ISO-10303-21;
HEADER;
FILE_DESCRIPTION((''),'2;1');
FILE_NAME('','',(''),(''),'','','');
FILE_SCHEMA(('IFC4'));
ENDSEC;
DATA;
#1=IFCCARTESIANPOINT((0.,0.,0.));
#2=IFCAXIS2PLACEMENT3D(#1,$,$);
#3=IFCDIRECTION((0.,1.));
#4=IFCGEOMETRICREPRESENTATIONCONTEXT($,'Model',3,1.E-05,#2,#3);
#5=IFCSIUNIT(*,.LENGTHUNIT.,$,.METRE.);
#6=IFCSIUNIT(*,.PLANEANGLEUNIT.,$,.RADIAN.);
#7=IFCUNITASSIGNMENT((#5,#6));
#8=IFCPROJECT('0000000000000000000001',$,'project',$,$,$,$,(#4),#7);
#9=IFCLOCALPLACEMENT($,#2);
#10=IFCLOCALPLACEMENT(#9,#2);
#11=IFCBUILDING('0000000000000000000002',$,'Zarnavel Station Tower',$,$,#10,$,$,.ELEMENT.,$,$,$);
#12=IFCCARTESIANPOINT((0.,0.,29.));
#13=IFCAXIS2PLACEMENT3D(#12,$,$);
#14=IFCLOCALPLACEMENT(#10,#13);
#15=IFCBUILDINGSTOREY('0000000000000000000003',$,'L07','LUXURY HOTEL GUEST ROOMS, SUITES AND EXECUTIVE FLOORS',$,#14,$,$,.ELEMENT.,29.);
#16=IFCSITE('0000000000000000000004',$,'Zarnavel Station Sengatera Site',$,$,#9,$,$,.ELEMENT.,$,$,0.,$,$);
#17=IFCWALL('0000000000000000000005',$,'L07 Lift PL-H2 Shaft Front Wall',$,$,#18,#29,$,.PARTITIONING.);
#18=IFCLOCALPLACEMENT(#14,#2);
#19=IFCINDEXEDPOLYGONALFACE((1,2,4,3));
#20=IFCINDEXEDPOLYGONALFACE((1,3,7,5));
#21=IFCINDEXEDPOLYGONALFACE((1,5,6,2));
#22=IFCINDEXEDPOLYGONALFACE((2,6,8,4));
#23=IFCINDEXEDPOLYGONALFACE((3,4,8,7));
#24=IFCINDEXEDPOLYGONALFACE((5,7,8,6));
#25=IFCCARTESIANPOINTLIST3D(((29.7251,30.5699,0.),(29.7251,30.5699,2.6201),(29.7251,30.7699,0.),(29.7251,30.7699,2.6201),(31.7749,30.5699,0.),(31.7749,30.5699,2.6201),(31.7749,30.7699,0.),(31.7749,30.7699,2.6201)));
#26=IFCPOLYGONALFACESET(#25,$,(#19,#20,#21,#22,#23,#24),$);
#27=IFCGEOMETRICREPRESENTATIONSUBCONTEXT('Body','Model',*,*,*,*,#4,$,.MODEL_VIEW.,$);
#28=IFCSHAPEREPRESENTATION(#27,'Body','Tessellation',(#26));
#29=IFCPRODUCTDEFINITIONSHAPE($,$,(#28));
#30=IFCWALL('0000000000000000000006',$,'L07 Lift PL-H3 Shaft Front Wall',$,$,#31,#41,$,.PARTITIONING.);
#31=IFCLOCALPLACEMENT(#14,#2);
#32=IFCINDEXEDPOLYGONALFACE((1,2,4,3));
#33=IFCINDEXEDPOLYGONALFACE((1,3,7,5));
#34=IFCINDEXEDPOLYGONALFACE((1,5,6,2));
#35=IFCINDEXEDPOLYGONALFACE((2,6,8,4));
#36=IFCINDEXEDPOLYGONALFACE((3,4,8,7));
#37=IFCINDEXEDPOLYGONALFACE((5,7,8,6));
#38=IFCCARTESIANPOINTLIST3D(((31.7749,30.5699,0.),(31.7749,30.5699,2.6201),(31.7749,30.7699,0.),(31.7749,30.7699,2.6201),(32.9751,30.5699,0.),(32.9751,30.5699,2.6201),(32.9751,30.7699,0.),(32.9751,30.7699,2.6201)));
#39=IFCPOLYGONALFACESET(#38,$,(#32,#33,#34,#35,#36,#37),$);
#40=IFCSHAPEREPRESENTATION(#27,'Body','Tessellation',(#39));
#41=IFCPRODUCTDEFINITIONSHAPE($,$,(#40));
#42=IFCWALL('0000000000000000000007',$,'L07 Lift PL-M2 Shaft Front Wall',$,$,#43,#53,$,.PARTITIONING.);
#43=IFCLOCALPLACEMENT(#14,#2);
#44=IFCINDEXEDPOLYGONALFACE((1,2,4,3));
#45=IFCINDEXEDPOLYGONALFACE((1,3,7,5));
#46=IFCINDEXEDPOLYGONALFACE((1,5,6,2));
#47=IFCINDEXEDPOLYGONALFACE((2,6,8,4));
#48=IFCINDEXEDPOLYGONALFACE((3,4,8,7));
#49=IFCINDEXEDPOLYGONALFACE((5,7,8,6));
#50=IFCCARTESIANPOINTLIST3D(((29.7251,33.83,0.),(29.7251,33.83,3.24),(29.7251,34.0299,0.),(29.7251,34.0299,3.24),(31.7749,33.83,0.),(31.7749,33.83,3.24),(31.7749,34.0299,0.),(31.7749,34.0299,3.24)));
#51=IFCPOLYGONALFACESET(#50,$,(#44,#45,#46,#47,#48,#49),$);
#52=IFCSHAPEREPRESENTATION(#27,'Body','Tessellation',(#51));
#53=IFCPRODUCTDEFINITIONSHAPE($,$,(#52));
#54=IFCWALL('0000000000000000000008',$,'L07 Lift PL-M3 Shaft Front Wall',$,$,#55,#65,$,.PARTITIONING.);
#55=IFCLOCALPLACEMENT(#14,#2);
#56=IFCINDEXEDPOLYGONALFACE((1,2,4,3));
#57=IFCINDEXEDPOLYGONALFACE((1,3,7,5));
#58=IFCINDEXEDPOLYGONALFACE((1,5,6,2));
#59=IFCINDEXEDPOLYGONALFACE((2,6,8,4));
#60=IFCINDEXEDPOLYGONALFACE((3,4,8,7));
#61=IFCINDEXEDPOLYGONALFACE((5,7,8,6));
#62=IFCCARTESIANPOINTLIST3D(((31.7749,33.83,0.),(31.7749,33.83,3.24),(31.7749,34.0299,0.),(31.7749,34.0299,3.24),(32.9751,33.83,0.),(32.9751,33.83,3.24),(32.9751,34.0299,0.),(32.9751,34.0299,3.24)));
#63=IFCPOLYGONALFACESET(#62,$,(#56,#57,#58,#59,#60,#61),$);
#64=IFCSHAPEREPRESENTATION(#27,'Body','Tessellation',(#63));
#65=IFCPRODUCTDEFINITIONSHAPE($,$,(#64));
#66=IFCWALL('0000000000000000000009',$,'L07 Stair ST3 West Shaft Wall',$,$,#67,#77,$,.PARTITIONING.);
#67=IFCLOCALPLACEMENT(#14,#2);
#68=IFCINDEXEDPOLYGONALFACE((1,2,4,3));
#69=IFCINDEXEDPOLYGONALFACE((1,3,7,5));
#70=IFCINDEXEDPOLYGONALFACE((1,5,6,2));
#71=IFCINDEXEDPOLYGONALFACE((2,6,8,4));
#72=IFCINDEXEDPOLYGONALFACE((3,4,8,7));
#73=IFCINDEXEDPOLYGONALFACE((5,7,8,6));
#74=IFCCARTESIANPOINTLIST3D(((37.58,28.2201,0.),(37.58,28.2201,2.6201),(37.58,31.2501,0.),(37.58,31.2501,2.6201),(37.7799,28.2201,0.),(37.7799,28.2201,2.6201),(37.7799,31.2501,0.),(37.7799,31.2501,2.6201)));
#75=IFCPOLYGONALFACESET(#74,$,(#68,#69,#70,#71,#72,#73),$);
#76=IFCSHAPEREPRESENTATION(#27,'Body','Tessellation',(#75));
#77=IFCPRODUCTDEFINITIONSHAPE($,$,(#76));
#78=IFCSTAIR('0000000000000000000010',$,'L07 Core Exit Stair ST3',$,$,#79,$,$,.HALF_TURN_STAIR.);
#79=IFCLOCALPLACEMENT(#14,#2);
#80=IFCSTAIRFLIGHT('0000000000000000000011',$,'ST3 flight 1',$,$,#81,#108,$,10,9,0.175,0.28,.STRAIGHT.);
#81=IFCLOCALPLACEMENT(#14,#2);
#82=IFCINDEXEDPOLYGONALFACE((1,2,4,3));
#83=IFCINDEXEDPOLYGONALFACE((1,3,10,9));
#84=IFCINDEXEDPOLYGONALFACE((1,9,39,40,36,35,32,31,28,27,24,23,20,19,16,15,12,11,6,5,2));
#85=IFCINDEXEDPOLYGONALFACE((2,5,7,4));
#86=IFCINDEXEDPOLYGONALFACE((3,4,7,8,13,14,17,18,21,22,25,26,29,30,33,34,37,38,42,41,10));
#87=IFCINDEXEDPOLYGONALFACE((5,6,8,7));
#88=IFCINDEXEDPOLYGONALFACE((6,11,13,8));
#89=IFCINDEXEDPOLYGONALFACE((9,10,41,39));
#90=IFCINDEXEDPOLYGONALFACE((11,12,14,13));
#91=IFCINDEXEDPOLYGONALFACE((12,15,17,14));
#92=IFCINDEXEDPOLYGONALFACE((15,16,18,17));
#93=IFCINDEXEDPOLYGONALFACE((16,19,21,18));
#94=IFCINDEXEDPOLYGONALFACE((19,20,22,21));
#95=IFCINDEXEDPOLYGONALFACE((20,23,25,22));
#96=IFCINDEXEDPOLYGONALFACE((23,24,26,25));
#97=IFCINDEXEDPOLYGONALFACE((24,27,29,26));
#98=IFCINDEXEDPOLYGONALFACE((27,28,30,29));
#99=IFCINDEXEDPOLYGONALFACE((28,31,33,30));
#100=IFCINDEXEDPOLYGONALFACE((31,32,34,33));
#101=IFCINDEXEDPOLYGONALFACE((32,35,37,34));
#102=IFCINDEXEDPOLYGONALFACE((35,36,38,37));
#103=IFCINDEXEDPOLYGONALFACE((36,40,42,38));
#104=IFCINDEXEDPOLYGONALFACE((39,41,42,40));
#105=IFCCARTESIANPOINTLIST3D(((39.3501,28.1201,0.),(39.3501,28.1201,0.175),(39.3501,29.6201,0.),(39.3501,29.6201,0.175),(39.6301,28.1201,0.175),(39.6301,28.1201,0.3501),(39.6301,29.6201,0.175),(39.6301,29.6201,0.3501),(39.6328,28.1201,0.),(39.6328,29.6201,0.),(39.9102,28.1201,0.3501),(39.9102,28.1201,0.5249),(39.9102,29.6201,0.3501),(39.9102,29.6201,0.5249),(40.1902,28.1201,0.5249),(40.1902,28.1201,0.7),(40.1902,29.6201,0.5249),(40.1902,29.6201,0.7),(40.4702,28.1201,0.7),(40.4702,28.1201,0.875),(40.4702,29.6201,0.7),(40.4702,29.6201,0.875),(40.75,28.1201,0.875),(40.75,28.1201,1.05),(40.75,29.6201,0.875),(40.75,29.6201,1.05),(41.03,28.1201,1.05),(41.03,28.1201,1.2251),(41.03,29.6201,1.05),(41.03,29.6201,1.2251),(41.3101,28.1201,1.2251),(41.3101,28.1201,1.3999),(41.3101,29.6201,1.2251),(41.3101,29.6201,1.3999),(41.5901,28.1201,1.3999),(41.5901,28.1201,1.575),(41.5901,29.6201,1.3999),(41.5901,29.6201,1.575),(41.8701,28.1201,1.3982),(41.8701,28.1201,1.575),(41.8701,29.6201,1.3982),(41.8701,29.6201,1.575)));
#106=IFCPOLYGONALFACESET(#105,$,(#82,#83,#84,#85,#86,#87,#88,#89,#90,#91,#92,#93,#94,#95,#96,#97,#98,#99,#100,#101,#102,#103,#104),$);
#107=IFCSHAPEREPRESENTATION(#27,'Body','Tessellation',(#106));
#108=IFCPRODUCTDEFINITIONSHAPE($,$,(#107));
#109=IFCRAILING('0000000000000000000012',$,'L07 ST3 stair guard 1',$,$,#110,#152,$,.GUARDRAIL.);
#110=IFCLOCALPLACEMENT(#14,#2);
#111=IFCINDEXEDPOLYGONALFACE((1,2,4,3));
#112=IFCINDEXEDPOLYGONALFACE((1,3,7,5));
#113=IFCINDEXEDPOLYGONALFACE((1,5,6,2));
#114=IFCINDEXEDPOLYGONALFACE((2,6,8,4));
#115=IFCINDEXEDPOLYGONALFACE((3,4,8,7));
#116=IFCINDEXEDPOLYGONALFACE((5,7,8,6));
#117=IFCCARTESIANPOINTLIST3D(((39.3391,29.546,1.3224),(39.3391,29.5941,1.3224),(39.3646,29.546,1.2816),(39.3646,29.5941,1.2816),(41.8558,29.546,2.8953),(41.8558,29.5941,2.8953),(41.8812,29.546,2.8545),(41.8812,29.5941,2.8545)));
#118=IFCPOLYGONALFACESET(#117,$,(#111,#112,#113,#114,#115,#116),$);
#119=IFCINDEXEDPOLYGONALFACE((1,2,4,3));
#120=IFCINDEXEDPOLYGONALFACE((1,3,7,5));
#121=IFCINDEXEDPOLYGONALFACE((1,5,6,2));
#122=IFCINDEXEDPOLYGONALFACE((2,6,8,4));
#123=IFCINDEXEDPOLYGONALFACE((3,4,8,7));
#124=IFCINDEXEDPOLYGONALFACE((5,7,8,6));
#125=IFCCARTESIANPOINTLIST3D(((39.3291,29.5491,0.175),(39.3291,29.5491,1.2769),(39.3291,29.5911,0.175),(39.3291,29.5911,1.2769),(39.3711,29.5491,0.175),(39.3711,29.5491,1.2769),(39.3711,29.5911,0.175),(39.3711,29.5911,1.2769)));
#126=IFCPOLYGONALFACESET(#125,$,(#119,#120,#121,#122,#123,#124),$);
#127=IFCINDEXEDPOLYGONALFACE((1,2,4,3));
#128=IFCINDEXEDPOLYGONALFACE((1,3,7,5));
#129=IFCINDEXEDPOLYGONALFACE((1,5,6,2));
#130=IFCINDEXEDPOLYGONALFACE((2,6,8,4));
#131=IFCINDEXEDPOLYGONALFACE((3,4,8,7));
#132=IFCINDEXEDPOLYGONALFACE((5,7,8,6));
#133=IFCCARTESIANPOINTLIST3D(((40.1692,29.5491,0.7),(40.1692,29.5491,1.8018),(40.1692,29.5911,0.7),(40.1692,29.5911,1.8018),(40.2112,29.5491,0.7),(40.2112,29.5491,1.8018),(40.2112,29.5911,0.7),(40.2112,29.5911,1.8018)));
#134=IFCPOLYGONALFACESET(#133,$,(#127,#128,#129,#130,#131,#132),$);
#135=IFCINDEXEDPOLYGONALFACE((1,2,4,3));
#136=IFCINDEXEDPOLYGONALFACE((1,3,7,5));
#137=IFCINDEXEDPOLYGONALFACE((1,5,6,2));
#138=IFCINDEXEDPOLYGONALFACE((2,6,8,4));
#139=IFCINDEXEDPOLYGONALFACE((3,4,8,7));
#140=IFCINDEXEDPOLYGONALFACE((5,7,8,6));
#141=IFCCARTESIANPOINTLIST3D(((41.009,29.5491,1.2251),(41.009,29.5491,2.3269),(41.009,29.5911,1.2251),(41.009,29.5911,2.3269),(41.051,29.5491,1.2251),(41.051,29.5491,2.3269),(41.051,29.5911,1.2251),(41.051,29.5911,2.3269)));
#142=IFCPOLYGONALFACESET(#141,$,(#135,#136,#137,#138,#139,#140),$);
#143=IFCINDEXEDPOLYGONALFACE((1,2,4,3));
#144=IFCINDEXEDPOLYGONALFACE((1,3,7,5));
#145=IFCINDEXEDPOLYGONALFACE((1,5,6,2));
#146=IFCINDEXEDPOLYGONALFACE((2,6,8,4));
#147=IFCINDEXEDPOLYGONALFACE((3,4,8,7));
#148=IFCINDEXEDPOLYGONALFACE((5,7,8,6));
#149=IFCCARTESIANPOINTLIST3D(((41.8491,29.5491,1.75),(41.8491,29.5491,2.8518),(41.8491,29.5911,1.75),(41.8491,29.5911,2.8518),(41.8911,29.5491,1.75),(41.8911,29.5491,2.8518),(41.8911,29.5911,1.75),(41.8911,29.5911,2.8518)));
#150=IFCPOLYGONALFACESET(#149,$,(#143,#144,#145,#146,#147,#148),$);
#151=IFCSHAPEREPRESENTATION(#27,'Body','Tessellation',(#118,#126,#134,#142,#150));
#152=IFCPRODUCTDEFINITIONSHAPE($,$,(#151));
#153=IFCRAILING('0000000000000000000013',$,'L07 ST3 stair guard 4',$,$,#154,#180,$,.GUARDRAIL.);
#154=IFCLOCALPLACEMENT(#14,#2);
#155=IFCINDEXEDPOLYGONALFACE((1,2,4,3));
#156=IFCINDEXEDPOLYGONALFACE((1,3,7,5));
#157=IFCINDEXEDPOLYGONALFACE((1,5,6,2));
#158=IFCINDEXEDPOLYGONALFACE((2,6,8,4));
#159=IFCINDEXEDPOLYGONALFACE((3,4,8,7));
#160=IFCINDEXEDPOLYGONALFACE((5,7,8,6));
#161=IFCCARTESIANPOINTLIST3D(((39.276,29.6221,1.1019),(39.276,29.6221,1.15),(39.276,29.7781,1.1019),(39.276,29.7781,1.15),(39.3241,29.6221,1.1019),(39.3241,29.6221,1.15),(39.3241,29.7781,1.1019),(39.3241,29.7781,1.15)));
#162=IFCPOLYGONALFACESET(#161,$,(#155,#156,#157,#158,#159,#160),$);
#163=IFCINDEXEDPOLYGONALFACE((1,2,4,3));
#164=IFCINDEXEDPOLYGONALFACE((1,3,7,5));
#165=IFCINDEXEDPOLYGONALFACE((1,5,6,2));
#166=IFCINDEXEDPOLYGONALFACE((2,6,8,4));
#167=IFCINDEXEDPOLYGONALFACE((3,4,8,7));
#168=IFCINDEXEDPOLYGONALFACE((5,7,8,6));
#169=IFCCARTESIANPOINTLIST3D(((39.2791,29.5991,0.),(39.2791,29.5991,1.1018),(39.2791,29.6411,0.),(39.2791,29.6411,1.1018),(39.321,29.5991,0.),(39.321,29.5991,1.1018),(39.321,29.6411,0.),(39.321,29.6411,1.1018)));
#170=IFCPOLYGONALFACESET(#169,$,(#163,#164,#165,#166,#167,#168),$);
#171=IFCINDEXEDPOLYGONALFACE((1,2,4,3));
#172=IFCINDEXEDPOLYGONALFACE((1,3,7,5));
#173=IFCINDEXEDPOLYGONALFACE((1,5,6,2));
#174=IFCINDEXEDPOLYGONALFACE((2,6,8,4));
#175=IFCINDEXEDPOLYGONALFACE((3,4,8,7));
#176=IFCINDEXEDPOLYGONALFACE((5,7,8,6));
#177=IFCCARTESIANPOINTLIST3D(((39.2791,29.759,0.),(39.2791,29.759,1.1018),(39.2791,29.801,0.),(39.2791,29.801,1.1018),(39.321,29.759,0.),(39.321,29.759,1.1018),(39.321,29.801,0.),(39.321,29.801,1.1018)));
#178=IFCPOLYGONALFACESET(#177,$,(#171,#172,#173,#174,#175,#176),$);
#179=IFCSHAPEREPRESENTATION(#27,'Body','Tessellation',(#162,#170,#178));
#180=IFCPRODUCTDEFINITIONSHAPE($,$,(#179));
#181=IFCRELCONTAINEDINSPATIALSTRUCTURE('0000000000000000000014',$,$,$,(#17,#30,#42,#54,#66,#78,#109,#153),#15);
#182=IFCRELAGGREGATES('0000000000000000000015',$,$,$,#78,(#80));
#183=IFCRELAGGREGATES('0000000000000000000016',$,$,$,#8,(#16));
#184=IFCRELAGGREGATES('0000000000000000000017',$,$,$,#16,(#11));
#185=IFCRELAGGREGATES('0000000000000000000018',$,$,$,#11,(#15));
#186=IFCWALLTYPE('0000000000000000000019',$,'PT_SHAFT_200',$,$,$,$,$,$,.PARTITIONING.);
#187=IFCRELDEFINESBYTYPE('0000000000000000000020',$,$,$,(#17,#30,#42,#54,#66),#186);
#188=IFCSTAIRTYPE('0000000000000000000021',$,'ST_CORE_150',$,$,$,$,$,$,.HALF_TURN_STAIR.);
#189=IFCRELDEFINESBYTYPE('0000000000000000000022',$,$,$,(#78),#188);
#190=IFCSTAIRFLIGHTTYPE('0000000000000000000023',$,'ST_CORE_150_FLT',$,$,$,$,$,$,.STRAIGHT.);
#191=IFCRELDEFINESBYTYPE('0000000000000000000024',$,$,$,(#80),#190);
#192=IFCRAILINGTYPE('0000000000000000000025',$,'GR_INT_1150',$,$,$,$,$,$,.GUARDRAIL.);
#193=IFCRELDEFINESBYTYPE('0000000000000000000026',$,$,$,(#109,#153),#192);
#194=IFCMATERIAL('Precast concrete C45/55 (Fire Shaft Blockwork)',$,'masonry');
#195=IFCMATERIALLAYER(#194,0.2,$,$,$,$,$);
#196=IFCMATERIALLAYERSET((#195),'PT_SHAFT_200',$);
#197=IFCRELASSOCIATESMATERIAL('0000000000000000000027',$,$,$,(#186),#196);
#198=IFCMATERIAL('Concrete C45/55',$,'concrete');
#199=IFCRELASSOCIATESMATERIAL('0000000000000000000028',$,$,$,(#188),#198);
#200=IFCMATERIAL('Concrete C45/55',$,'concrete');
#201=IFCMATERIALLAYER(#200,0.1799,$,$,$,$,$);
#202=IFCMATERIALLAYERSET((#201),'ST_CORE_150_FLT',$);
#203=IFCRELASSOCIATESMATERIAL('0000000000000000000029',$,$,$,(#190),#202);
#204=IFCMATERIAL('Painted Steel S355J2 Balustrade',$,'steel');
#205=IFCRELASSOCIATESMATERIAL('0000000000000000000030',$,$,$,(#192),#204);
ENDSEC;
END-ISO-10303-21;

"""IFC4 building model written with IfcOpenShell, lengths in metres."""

from ifc_helpers import new_model, si_unit, direction, frame, frame_2d, origin, origin_2d, place, context, subcontext, project, spatial, polyline, rectangle, outline, extrude, material, layer, layer_set, type_object, element, aggregate, save


model = new_model("IFC4")

# Units and contexts
model_context = context("Model", 3, precision=1e-05, world=origin(), true_north=direction((0.0, 1.0)))
body_context = subcontext(model_context, "Body", "Model", "MODEL_VIEW")
ifc_project = project(units=[si_unit("LENGTHUNIT", "METRE"), si_unit("PLANEANGLEUNIT", "RADIAN")], contexts=[model_context])

# Site, building, storey
site_placement = place(None, origin())
site = spatial("IfcSite", under=ifc_project, at=site_placement, Name="Zarnavel Station Sengatera Site", CompositionType="ELEMENT", RefElevation=0.0)
building_placement = place(site_placement, origin())
building = spatial("IfcBuilding", under=site, at=building_placement, Name="Zarnavel Station Tower", CompositionType="ELEMENT")
storey_placement = place(building_placement, frame((0.0, 0.0, 29.0)))
storey = spatial("IfcBuildingStorey", under=building, at=storey_placement, Name="L07", Description="LUXURY HOTEL GUEST ROOMS, SUITES AND EXECUTIVE FLOORS", CompositionType="ELEMENT", Elevation=29.0)

# Shared definitions
ifc_material_1 = material(Name="Precast concrete C45/55 (Fire Shaft Blockwork)", Category="masonry")
ifc_layer_1 = layer(ifc_material_1, 0.2)
ifc_layer_set_1 = layer_set([ifc_layer_1], Name="PT_SHAFT_200")
wall_type_1 = type_object("IfcWallType", Name="PT_SHAFT_200", PredefinedType="PARTITIONING", material=ifc_layer_set_1)

# Walls
wall_1_placement = place(storey_placement, frame((29.7251, 30.6699, 0.0), z_axis=(0.0, 0.0, 1.0), x_axis=(1.0, 0.0, 0.0)))
element("IfcWall", 1, at=wall_1_placement, inside=storey, type_object=wall_type_1, Name="L07 Lift PL-H2 Shaft Front Wall", PredefinedType="PARTITIONING", context=body_context, shape_type="SweptSolid", body=[
    extrude(rectangle(XDim=2.0498, YDim=0.2, at=frame_2d((1.0249, 0.0))), origin(), (0.0, 0.0, 1.0), 2.6201),
])
wall_2_placement = place(storey_placement, frame((31.7749, 30.6699, 0.0), z_axis=(0.0, 0.0, 1.0), x_axis=(1.0, 0.0, 0.0)))
element("IfcWall", 2, at=wall_2_placement, inside=storey, type_object=wall_type_1, Name="L07 Lift PL-H3 Shaft Front Wall", PredefinedType="PARTITIONING", context=body_context, shape_type="SweptSolid", body=[
    extrude(rectangle(XDim=1.2002, YDim=0.2, at=frame_2d((0.6001, 0.0))), origin(), (0.0, 0.0, 1.0), 2.6201),
])
wall_3_placement = place(storey_placement, frame((29.7251, 33.9299, 0.0), z_axis=(0.0, 0.0, 1.0), x_axis=(1.0, 0.0, 0.0)))
element("IfcWall", 3, at=wall_3_placement, inside=storey, type_object=wall_type_1, Name="L07 Lift PL-M2 Shaft Front Wall", PredefinedType="PARTITIONING", context=body_context, shape_type="SweptSolid", body=[
    extrude(rectangle(XDim=2.0498, YDim=0.2, at=frame_2d((1.0249, 0.0))), origin(), (0.0, 0.0, 1.0), 3.24),
])
wall_4_placement = place(storey_placement, frame((31.7749, 33.9299, 0.0), z_axis=(0.0, 0.0, 1.0), x_axis=(1.0, 0.0, 0.0)))
element("IfcWall", 4, at=wall_4_placement, inside=storey, type_object=wall_type_1, Name="L07 Lift PL-M3 Shaft Front Wall", PredefinedType="PARTITIONING", context=body_context, shape_type="SweptSolid", body=[
    extrude(rectangle(XDim=1.2002, YDim=0.2, at=frame_2d((0.6001, 0.0))), origin(), (0.0, 0.0, 1.0), 3.24),
])
wall_5_placement = place(storey_placement, frame((37.6799, 28.22, 0.0), z_axis=(0.0, 0.0, 1.0), x_axis=(0.0, 1.0, 0.0)))
element("IfcWall", 5, at=wall_5_placement, inside=storey, type_object=wall_type_1, Name="L07 Stair ST3 West Shaft Wall", PredefinedType="PARTITIONING", context=body_context, shape_type="SweptSolid", body=[
    extrude(rectangle(XDim=3.03, YDim=0.2, at=frame_2d((1.5151, 0.0))), origin(), (0.0, 0.0, 1.0), 2.6201),
])

# Stair, stair flight
ifc_material_2 = material(Name="Concrete C45/55", Category="concrete")
stair_type = type_object("IfcStairType", Name="ST_CORE_150", PredefinedType="HALF_TURN_STAIR", material=ifc_material_2)
stair_placement = place(storey_placement, origin())
stair = element("IfcStair", 6, at=stair_placement, inside=storey, type_object=stair_type, Name="L07 Core Exit Stair ST3", PredefinedType="HALF_TURN_STAIR")
ifc_material_3 = material(Name="Concrete C45/55", Category="concrete")
ifc_layer_2 = layer(ifc_material_3, 0.1799)
ifc_layer_set_2 = layer_set([ifc_layer_2], Name="ST_CORE_150_FLT")
stair_flight_type = type_object("IfcStairFlightType", Name="ST_CORE_150_FLT", PredefinedType="STRAIGHT", material=ifc_layer_set_2)
stair_flight_placement = place(storey_placement, frame((39.3501, 28.8701, 0.0), z_axis=(0.0, 0.0, 1.0), x_axis=(1.0, 0.0, 0.0)))
stair_flight = element("IfcStairFlight", 7, at=stair_flight_placement, type_object=stair_flight_type, Name="ST3 flight 1", NumberOfRisers=10, NumberOfTreads=9, PredefinedType="STRAIGHT", RiserHeight=0.175, TreadLength=0.28, context=body_context, shape_type="SweptSolid", body=[
    extrude(outline(polyline([(0.0, 0.0), (0.0, 0.175), (0.28, 0.175), (0.28, 0.3501), (0.5601, 0.3501), (0.5601, 0.5249), (0.8401, 0.5249), (0.8401, 0.7), (1.1201, 0.7), (1.1201, 0.875), (1.3999, 0.875), (1.3999, 1.05), (1.6799, 1.05), (1.6799, 1.2251), (1.96, 1.2251), (1.96, 1.3999), (2.24, 1.3999), (2.24, 1.575), (2.52, 1.575), (2.52, 1.75), (2.52, 1.3982), (0.2827, 0.0), (0.0, 0.0)])), frame((0.0, 0.75, 0.0), z_axis=(0.0, -1.0, 0.0), x_axis=(1.0, 0.0, 0.0)), (0.0, 0.0, 1.0), 1.5),
])
aggregate(stair, [stair_flight])

# Railings
ifc_material_4 = material(Name="Painted Steel S355J2 Balustrade", Category="steel")
railing_type_1 = type_object("IfcRailingType", Name="GR_INT_1150", PredefinedType="GUARDRAIL", material=ifc_material_4)
railing_1_placement = place(storey_placement, frame((39.3501, 29.5701, 0.175)))
element("IfcRailing", 8, at=railing_1_placement, inside=storey, type_object=railing_type_1, Name="L07 ST3 stair guard 1", PredefinedType="GUARDRAIL", context=body_context, shape_type="SweptSolid", body=[
    extrude(rectangle(XDim=0.0481, YDim=0.0481, at=origin_2d()), frame((0.0017, 0.0, 1.127), z_axis=(0.848008, 0.0, 0.529984), x_axis=(0.0, 1.0, 0.0)), (0.0, 0.0, 1.0), 2.9678),
    extrude(rectangle(XDim=0.042, YDim=0.042, at=origin_2d()), origin(), (0.0, 0.0, 1.0), 1.1018),
    extrude(rectangle(XDim=0.042, YDim=0.042, at=origin_2d()), frame((0.8401, 0.0, 0.5249)), (0.0, 0.0, 1.0), 1.1018),
    extrude(rectangle(XDim=0.042, YDim=0.042, at=origin_2d()), frame((1.6799, 0.0, 1.05)), (0.0, 0.0, 1.0), 1.1018),
    extrude(rectangle(XDim=0.042, YDim=0.042, at=origin_2d()), frame((2.52, 0.0, 1.575)), (0.0, 0.0, 1.0), 1.1018),
])
railing_2_placement = place(storey_placement, frame((39.3, 29.6201, 0.0)))
element("IfcRailing", 9, at=railing_2_placement, inside=storey, type_object=railing_type_1, Name="L07 ST3 stair guard 4", PredefinedType="GUARDRAIL", context=body_context, shape_type="SweptSolid", body=[
    extrude(rectangle(XDim=0.0481, YDim=0.0481, at=origin_2d()), frame((0.0, 0.002, 1.126), z_axis=(0.0, 1.0, 0.0), x_axis=(-1.0, 0.0, 0.0)), (0.0, 0.0, 1.0), 0.156),
    extrude(rectangle(XDim=0.042, YDim=0.042, at=origin_2d()), origin(), (0.0, 0.0, 1.0), 1.1018),
    extrude(rectangle(XDim=0.042, YDim=0.042, at=origin_2d()), frame((0.0, 0.1599, 0.0)), (0.0, 0.0, 1.0), 1.1018),
])

save(model, "model.ifc")
